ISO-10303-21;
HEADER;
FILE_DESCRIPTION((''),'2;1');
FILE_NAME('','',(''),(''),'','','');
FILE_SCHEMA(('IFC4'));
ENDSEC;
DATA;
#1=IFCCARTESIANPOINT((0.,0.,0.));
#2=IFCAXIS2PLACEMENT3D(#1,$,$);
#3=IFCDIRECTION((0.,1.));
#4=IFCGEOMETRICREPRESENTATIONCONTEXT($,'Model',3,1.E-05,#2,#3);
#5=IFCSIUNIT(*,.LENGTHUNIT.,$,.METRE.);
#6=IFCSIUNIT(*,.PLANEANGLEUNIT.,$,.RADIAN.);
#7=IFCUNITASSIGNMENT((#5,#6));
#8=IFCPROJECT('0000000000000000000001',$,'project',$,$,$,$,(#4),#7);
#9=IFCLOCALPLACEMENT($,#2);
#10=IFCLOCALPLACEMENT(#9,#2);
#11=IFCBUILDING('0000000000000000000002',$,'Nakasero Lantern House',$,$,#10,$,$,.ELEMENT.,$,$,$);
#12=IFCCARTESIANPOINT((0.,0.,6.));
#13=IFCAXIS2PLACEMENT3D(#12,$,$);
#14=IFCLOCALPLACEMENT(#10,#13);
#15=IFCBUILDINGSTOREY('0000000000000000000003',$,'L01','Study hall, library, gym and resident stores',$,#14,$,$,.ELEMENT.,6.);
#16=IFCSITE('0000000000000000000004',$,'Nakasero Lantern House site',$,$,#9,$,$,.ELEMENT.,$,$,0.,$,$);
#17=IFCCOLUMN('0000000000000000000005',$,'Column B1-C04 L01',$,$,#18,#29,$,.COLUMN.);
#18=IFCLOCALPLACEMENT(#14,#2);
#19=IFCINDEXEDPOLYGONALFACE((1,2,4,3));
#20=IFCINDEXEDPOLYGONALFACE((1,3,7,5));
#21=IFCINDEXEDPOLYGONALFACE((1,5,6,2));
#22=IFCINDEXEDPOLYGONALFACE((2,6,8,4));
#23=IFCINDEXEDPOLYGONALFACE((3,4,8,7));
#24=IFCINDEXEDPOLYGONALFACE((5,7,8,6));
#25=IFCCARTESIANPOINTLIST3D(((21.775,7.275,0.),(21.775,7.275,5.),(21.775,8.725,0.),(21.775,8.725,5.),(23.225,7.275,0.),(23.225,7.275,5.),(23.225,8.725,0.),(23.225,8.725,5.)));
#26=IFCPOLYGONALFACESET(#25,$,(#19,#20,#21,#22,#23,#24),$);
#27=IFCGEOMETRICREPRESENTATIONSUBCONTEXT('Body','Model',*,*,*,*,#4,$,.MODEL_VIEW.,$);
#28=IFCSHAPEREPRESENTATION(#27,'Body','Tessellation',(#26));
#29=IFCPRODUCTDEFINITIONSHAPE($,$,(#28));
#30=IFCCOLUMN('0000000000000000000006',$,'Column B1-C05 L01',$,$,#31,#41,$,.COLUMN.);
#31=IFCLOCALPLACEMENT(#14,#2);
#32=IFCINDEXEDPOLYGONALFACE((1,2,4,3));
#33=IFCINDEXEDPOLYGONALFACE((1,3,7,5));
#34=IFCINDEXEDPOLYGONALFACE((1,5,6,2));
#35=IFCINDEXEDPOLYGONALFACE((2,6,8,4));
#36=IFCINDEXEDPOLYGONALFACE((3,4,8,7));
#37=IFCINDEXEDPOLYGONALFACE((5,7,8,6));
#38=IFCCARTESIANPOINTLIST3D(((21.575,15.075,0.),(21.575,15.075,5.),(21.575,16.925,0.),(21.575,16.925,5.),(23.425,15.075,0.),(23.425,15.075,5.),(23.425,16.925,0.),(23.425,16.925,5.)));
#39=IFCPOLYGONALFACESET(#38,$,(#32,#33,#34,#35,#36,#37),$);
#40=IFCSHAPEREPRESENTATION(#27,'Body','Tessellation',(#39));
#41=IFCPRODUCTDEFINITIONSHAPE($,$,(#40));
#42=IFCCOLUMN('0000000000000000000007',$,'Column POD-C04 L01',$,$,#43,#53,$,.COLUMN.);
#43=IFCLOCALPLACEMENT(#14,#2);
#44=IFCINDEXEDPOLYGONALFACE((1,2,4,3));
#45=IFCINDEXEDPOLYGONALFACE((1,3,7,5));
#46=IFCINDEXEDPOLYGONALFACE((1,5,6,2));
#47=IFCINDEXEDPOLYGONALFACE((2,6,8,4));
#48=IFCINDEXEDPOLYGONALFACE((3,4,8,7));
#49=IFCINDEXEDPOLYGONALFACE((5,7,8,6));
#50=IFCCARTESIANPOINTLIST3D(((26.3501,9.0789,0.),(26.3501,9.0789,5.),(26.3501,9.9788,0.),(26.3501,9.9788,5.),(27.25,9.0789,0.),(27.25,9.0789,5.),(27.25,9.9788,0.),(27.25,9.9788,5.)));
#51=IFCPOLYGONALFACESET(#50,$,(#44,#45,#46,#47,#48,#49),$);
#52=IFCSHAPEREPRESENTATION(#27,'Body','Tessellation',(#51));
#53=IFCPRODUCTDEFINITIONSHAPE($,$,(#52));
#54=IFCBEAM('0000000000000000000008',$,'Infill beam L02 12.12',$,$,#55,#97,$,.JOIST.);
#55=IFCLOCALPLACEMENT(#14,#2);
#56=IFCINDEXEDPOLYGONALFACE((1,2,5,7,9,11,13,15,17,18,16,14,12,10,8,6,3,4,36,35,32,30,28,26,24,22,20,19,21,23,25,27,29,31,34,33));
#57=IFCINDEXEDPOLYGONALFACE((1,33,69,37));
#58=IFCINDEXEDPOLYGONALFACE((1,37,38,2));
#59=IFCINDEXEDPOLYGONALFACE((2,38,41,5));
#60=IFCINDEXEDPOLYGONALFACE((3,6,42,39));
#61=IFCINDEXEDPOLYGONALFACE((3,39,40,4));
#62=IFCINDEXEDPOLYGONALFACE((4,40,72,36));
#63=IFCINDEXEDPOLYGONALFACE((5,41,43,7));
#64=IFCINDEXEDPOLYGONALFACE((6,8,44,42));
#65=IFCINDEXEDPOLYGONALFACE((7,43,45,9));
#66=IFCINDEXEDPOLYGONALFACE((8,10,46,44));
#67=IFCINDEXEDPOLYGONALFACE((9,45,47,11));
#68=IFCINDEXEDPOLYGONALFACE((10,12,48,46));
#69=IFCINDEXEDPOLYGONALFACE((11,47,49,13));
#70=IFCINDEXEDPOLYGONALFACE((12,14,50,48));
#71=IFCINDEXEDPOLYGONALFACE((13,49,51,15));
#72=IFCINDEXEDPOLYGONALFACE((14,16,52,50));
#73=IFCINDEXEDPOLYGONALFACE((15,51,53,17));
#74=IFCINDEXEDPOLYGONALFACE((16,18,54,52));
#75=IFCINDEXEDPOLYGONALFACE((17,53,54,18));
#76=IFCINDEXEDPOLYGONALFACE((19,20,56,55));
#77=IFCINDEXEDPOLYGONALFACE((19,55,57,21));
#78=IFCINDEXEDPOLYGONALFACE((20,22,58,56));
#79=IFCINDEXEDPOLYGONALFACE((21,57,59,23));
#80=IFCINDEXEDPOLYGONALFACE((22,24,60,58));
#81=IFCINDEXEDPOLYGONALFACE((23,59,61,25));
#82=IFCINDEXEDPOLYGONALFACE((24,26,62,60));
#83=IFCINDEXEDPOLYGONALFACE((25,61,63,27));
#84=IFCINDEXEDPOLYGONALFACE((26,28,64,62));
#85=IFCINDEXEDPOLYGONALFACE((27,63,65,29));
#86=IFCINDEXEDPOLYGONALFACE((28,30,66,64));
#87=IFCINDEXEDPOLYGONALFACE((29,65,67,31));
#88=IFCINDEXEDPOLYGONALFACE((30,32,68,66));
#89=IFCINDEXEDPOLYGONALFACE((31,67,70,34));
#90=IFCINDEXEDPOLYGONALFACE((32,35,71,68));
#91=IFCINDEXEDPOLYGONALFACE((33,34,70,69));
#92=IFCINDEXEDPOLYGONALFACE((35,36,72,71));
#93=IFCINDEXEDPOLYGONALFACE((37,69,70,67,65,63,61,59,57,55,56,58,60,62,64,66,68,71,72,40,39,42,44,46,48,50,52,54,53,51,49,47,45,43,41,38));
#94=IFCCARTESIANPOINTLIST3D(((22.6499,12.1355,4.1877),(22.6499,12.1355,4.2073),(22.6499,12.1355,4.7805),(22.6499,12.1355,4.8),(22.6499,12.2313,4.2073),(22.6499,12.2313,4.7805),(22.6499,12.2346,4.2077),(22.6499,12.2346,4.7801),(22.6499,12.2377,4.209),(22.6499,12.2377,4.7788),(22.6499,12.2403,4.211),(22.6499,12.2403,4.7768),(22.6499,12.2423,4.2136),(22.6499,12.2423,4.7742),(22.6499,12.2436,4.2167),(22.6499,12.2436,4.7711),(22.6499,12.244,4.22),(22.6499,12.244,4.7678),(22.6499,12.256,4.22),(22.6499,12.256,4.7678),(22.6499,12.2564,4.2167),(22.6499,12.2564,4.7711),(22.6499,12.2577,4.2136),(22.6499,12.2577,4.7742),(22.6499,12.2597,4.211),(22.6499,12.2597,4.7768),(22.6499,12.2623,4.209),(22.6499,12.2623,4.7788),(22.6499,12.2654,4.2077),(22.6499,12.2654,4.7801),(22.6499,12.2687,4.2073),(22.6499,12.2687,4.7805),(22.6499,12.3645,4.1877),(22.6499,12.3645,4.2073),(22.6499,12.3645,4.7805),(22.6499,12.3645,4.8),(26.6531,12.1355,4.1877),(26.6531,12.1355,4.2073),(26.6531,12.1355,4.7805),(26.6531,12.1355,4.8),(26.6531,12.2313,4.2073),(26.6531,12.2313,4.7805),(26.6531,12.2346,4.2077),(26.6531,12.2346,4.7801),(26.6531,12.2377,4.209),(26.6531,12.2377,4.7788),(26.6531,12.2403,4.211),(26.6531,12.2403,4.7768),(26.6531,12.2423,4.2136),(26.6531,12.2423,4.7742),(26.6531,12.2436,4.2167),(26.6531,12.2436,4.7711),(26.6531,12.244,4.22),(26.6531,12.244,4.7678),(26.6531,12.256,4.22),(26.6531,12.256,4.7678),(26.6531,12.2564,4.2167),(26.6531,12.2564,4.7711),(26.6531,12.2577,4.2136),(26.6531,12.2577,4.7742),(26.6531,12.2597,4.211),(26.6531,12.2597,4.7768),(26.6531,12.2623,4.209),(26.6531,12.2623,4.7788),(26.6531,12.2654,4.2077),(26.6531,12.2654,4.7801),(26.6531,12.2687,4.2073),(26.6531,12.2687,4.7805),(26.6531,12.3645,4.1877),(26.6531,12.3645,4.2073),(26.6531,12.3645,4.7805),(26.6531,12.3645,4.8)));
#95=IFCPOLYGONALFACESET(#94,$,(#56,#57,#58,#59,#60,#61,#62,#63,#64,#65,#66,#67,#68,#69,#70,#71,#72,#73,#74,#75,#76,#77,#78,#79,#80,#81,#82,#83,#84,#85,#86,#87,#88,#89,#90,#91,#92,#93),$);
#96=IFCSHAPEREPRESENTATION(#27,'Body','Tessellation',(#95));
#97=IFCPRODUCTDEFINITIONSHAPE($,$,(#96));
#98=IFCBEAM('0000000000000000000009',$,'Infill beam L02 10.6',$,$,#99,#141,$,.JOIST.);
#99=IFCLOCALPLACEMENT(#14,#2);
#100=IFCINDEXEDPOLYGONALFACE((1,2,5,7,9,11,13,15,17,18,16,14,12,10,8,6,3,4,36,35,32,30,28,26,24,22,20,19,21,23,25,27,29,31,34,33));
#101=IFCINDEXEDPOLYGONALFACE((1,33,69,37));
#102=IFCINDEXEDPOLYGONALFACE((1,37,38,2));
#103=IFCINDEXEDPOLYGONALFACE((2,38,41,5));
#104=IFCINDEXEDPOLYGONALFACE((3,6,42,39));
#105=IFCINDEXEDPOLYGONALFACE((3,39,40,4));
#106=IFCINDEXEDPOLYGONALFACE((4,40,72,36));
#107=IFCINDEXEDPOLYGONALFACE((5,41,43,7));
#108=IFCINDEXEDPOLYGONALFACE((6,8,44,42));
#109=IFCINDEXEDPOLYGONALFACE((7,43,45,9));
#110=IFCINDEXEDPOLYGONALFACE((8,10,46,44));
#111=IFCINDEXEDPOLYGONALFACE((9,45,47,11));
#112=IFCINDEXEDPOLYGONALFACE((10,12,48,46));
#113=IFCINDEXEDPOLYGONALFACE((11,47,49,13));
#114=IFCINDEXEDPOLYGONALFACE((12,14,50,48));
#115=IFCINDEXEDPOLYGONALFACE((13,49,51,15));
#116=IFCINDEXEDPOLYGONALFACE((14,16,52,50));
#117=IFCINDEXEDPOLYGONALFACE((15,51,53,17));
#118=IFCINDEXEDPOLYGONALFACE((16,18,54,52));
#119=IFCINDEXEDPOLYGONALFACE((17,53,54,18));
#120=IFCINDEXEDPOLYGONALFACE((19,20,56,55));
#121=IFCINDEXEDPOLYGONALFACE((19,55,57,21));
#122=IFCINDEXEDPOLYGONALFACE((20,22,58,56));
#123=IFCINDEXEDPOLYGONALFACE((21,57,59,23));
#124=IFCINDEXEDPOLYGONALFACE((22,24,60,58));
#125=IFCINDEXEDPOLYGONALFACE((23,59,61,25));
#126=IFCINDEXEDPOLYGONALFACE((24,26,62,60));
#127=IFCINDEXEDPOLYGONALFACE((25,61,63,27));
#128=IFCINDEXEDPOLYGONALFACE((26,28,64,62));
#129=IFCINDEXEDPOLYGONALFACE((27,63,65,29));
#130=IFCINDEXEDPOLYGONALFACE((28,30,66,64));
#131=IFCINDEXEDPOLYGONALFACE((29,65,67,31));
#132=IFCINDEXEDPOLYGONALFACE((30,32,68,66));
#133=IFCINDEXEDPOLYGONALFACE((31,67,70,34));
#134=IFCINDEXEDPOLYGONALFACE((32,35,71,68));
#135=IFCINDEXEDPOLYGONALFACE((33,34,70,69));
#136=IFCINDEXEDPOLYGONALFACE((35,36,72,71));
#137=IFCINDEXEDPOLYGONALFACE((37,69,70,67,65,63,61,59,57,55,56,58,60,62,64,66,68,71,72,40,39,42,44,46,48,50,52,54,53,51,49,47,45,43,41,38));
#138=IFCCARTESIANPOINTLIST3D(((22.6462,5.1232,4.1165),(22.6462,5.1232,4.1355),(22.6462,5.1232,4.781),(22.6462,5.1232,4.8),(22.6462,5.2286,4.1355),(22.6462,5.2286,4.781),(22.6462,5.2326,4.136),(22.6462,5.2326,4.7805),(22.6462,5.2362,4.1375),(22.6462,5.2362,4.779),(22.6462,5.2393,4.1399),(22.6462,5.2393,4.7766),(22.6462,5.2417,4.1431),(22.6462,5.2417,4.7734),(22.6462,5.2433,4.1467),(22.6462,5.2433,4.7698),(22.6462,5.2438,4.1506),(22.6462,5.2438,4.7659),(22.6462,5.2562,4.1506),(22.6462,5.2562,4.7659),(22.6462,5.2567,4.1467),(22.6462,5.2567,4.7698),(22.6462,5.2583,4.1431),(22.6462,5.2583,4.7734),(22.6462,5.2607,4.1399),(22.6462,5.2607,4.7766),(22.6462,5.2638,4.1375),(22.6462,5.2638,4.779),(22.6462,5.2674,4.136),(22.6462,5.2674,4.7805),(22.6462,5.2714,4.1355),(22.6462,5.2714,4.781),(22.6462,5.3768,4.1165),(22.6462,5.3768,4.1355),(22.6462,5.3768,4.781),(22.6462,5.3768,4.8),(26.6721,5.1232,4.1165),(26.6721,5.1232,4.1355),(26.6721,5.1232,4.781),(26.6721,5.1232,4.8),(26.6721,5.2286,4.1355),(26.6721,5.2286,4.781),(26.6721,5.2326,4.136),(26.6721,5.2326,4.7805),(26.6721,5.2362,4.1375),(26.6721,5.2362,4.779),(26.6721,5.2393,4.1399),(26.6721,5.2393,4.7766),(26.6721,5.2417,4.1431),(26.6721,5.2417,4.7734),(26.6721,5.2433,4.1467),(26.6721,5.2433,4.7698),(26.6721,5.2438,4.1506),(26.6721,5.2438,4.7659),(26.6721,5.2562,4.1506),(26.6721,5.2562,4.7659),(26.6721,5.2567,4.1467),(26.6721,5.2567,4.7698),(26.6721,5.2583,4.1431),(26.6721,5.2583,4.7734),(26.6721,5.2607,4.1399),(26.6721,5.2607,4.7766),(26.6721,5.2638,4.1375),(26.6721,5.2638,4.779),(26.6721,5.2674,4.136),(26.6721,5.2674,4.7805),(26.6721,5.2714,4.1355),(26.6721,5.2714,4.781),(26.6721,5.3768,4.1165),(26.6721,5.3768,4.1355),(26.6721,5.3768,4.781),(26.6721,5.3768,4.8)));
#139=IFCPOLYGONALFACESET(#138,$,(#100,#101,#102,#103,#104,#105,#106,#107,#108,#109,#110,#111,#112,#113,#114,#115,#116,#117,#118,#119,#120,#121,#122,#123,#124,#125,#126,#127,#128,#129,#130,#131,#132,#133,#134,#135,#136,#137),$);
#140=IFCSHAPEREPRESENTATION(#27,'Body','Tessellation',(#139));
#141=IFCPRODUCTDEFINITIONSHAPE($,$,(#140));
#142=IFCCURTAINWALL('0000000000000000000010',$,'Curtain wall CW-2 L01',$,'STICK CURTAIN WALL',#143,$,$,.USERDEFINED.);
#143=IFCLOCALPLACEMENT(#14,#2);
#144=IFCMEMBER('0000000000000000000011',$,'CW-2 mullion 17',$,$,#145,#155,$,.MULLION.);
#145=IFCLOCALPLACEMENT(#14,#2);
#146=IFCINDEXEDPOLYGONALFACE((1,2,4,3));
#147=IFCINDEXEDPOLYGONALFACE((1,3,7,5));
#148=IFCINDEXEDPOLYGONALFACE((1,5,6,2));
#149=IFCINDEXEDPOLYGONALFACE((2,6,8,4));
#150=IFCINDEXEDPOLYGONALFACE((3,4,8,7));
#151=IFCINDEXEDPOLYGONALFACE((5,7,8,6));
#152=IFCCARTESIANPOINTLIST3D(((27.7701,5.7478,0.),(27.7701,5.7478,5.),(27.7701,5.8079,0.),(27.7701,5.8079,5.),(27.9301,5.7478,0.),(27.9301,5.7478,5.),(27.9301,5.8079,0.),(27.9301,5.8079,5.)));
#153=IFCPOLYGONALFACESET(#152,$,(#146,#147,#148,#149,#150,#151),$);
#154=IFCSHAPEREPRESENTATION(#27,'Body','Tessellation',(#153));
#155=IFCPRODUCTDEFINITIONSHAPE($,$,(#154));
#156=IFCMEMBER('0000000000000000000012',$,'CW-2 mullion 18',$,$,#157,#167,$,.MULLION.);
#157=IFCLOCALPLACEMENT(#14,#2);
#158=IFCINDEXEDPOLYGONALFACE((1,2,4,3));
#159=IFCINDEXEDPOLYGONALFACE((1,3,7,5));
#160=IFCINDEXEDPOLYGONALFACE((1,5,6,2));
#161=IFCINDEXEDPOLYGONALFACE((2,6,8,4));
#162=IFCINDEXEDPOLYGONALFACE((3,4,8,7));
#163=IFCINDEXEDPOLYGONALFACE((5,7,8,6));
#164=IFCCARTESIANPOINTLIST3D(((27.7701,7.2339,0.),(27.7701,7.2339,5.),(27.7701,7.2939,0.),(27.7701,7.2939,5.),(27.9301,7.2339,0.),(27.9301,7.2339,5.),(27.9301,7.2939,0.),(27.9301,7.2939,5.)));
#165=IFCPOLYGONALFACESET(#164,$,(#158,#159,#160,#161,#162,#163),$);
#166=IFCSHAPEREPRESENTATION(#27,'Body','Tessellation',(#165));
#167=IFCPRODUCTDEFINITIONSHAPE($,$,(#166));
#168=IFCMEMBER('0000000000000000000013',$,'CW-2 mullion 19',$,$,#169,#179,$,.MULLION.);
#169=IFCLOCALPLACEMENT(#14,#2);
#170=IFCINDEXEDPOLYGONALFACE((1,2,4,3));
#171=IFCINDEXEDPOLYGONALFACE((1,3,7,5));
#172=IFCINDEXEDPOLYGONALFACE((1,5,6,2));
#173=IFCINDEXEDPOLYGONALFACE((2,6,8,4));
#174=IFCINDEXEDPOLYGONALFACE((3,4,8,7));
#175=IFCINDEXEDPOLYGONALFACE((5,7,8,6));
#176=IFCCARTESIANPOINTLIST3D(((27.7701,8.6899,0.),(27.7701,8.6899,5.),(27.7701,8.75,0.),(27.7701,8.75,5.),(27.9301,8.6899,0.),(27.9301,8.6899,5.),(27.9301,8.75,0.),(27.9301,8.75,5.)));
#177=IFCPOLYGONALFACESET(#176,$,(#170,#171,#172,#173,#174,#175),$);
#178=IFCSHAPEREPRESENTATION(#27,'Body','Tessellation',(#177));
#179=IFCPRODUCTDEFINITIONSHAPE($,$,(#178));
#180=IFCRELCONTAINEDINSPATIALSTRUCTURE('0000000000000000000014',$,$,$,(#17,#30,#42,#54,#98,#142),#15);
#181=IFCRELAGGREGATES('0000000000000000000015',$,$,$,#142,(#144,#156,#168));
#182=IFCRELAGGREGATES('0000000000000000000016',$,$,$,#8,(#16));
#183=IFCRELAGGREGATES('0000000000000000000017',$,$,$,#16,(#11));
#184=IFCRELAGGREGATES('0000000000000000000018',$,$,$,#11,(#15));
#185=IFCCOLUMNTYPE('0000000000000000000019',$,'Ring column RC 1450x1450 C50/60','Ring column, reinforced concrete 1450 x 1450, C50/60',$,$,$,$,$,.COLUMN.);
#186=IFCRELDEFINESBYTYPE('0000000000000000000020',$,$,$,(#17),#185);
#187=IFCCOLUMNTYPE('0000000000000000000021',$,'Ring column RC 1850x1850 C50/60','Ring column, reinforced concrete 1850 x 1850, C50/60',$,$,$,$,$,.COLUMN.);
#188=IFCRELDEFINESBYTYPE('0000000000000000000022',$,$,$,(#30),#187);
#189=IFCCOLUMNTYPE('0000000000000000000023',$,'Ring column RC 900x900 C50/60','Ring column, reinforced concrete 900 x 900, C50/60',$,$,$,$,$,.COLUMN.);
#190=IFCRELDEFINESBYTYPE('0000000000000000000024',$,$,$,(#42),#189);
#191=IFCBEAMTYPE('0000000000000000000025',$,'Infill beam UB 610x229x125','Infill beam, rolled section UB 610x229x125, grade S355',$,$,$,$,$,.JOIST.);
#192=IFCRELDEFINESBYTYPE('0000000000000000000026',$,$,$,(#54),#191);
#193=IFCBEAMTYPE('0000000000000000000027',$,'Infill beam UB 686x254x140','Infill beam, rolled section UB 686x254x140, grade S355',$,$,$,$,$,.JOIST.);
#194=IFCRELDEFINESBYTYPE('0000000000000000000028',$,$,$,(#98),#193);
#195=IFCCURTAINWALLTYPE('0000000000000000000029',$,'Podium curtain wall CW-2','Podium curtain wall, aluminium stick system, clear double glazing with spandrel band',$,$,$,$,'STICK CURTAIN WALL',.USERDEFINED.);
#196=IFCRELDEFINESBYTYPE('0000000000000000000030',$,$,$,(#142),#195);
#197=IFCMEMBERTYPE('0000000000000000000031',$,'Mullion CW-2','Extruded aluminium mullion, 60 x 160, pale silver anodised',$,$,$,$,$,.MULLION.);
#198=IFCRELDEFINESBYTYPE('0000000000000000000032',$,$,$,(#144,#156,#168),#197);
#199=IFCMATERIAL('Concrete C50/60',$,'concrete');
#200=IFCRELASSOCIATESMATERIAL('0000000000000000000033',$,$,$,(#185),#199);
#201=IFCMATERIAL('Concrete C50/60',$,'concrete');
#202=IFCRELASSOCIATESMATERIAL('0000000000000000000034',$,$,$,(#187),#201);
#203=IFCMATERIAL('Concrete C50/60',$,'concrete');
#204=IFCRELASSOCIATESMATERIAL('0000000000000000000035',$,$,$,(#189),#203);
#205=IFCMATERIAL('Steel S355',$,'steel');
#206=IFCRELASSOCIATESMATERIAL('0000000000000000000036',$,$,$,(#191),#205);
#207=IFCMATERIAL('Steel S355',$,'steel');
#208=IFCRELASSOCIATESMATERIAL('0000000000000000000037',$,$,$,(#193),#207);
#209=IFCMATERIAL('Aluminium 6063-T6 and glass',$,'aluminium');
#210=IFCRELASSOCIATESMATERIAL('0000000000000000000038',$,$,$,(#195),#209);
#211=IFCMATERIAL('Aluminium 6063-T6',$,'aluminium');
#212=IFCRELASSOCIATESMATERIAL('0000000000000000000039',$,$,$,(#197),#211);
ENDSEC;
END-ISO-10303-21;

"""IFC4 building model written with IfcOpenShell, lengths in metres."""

from ifc_helpers import new_model, si_unit, direction, frame, origin, origin_2d, place, context, subcontext, project, spatial, rectangle, i_section, extrude, material, material_profile, profile_set, type_object, element, aggregate, save


model = new_model("IFC4")

# Units and contexts
model_context = context("Model", 3, precision=1e-05, world=origin(), true_north=direction((0.0, 1.0)))
body_context = subcontext(model_context, "Body", "Model", "MODEL_VIEW")
ifc_project = project(units=[si_unit("LENGTHUNIT", "METRE"), si_unit("PLANEANGLEUNIT", "RADIAN")], contexts=[model_context])

# Site, building, storey
site_placement = place(None, origin())
site = spatial("IfcSite", under=ifc_project, at=site_placement, Name="Nakasero Lantern House site", CompositionType="ELEMENT", RefElevation=0.0)
building_placement = place(site_placement, origin())
building = spatial("IfcBuilding", under=site, at=building_placement, Name="Nakasero Lantern House", CompositionType="ELEMENT")
storey_placement = place(building_placement, frame((0.0, 0.0, 6.0)))
storey = spatial("IfcBuildingStorey", under=building, at=storey_placement, Name="L01", Description="Study hall, library, gym and resident stores", CompositionType="ELEMENT", Elevation=6.0)

# Columns
ifc_material_1 = material(Name="Concrete C50/60", Category="concrete")
ifc_material_profile_1 = material_profile(ifc_material_1, rectangle(XDim=1.45, YDim=1.45, at=origin_2d()), Name="RC 1450x1450")
ifc_profile_set_1 = profile_set([ifc_material_profile_1], Name="Concrete C50/60")
column_type_1 = type_object("IfcColumnType", Name="Ring column RC 1450x1450 C50/60", Description="Ring column, reinforced concrete 1450 x 1450, C50/60", PredefinedType="COLUMN", material=ifc_profile_set_1)
column_1_placement = place(storey_placement, frame((22.5, 8.0, 0.0), z_axis=(0.0, 0.0, 1.0), x_axis=(1.0, 0.0, 0.0)))
element("IfcColumn", 1, at=column_1_placement, inside=storey, type_object=column_type_1, Name="Column B1-C04 L01", PredefinedType="COLUMN", context=body_context, shape_type="SweptSolid", body=[
    extrude(rectangle(XDim=1.45, YDim=1.45, at=origin_2d()), origin(), (0.0, 0.0, 1.0), 5.0),
])
ifc_material_2 = material(Name="Concrete C50/60", Category="concrete")
ifc_material_profile_2 = material_profile(ifc_material_2, rectangle(XDim=1.8501, YDim=1.8501, at=origin_2d()), Name="RC 1850x1850")
ifc_profile_set_2 = profile_set([ifc_material_profile_2], Name="Concrete C50/60")
column_type_2 = type_object("IfcColumnType", Name="Ring column RC 1850x1850 C50/60", Description="Ring column, reinforced concrete 1850 x 1850, C50/60", PredefinedType="COLUMN", material=ifc_profile_set_2)
column_2_placement = place(storey_placement, frame((22.5, 16.0, 0.0), z_axis=(0.0, 0.0, 1.0), x_axis=(1.0, 0.0, 0.0)))
element("IfcColumn", 2, at=column_2_placement, inside=storey, type_object=column_type_2, Name="Column B1-C05 L01", PredefinedType="COLUMN", context=body_context, shape_type="SweptSolid", body=[
    extrude(rectangle(XDim=1.8501, YDim=1.8501, at=origin_2d()), origin(), (0.0, 0.0, 1.0), 5.0),
])
ifc_material_3 = material(Name="Concrete C50/60", Category="concrete")
ifc_material_profile_3 = material_profile(ifc_material_3, rectangle(XDim=0.8999, YDim=0.8999, at=origin_2d()), Name="RC 900x900")
ifc_profile_set_3 = profile_set([ifc_material_profile_3], Name="Concrete C50/60")
column_type_3 = type_object("IfcColumnType", Name="Ring column RC 900x900 C50/60", Description="Ring column, reinforced concrete 900 x 900, C50/60", PredefinedType="COLUMN", material=ifc_profile_set_3)
column_3_placement = place(storey_placement, frame((26.8, 9.5288, 0.0), z_axis=(0.0, 0.0, 1.0), x_axis=(1.0, 0.0, 0.0)))
element("IfcColumn", 3, at=column_3_placement, inside=storey, type_object=column_type_3, Name="Column POD-C04 L01", PredefinedType="COLUMN", context=body_context, shape_type="SweptSolid", body=[
    extrude(rectangle(XDim=0.8999, YDim=0.8999, at=origin_2d()), origin(), (0.0, 0.0, 1.0), 5.0),
])

# Beams
ifc_material_4 = material(Name="Steel S355", Category="steel")
ifc_material_profile_4 = material_profile(ifc_material_4, i_section(OverallWidth=0.229, OverallDepth=0.6123, WebThickness=0.012, FlangeThickness=0.0195, FilletRadius=0.0127, at=origin_2d()), Name="UB 610x229x125")
ifc_profile_set_4 = profile_set([ifc_material_profile_4], Name="Steel S355")
beam_type_1 = type_object("IfcBeamType", Name="Infill beam UB 610x229x125", Description="Infill beam, rolled section UB 610x229x125, grade S355", PredefinedType="JOIST", material=ifc_profile_set_4)
beam_1_placement = place(storey_placement, frame((22.6499, 12.25, 4.4939), z_axis=(1.0, 0.0, 0.0), x_axis=(0.0, 1.0, 0.0)))
element("IfcBeam", 4, at=beam_1_placement, inside=storey, type_object=beam_type_1, Name="Infill beam L02 12.12", PredefinedType="JOIST", context=body_context, shape_type="SweptSolid", body=[
    extrude(i_section(OverallWidth=0.229, OverallDepth=0.6123, WebThickness=0.012, FlangeThickness=0.0195, FilletRadius=0.0127, at=origin_2d()), origin(), (0.0, 0.0, 1.0), 4.0032),
])
ifc_material_5 = material(Name="Steel S355", Category="steel")
ifc_material_profile_5 = material_profile(ifc_material_5, i_section(OverallWidth=0.2537, OverallDepth=0.6836, WebThickness=0.0125, FlangeThickness=0.019, FilletRadius=0.0151, at=origin_2d()), Name="UB 686x254x140")
ifc_profile_set_5 = profile_set([ifc_material_profile_5], Name="Steel S355")
beam_type_2 = type_object("IfcBeamType", Name="Infill beam UB 686x254x140", Description="Infill beam, rolled section UB 686x254x140, grade S355", PredefinedType="JOIST", material=ifc_profile_set_5)
beam_2_placement = place(storey_placement, frame((22.6462, 5.25, 4.4583), z_axis=(1.0, 0.0, 0.0), x_axis=(0.0, 1.0, 0.0)))
element("IfcBeam", 5, at=beam_2_placement, inside=storey, type_object=beam_type_2, Name="Infill beam L02 10.6", PredefinedType="JOIST", context=body_context, shape_type="SweptSolid", body=[
    extrude(i_section(OverallWidth=0.2537, OverallDepth=0.6836, WebThickness=0.0125, FlangeThickness=0.019, FilletRadius=0.0151, at=origin_2d()), origin(), (0.0, 0.0, 1.0), 4.0259),
])

# Curtain wall, members
ifc_material_6 = material(Name="Aluminium 6063-T6 and glass", Category="aluminium")
curtain_wall_type = type_object("IfcCurtainWallType", Name="Podium curtain wall CW-2", Description="Podium curtain wall, aluminium stick system, clear double glazing with spandrel band", ElementType="STICK CURTAIN WALL", PredefinedType="USERDEFINED", material=ifc_material_6)
curtain_wall_placement = place(storey_placement, origin())
curtain_wall = element("IfcCurtainWall", 6, at=curtain_wall_placement, inside=storey, type_object=curtain_wall_type, Name="Curtain wall CW-2 L01", ObjectType="STICK CURTAIN WALL", PredefinedType="USERDEFINED")
ifc_material_7 = material(Name="Aluminium 6063-T6", Category="aluminium")
ifc_material_profile_6 = material_profile(ifc_material_7, rectangle(XDim=0.0601, YDim=0.1599, at=origin_2d()), Name="CW-2 mullion 60x160")
ifc_profile_set_6 = profile_set([ifc_material_profile_6], Name="Aluminium 6063-T6")
member_type_1 = type_object("IfcMemberType", Name="Mullion CW-2", Description="Extruded aluminium mullion, 60 x 160, pale silver anodised", PredefinedType="MULLION", material=ifc_profile_set_6)
member_1_placement = place(storey_placement, frame((27.8501, 5.7778, 0.0), z_axis=(0.0, 0.0, 1.0), x_axis=(0.0, 1.0, 0.0)))
member_1 = element("IfcMember", 7, at=member_1_placement, type_object=member_type_1, Name="CW-2 mullion 17", PredefinedType="MULLION", context=body_context, shape_type="SweptSolid", body=[
    extrude(rectangle(XDim=0.0601, YDim=0.1599, at=origin_2d()), origin(), (0.0, 0.0, 1.0), 5.0),
])
member_2_placement = place(storey_placement, frame((27.8501, 7.2639, 0.0), z_axis=(0.0, 0.0, 1.0), x_axis=(0.0, 1.0, 0.0)))
member_2 = element("IfcMember", 8, at=member_2_placement, type_object=member_type_1, Name="CW-2 mullion 18", PredefinedType="MULLION", context=body_context, shape_type="SweptSolid", body=[
    extrude(rectangle(XDim=0.0601, YDim=0.1599, at=origin_2d()), origin(), (0.0, 0.0, 1.0), 5.0),
])
member_3_placement = place(storey_placement, frame((27.8501, 8.72, 0.0), z_axis=(0.0, 0.0, 1.0), x_axis=(0.0, 1.0, 0.0)))
member_3 = element("IfcMember", 9, at=member_3_placement, type_object=member_type_1, Name="CW-2 mullion 19", PredefinedType="MULLION", context=body_context, shape_type="SweptSolid", body=[
    extrude(rectangle(XDim=0.0601, YDim=0.1599, at=origin_2d()), origin(), (0.0, 0.0, 1.0), 5.0),
])

aggregate(curtain_wall, [member_1, member_2, member_3])

save(model, "model.ifc")
